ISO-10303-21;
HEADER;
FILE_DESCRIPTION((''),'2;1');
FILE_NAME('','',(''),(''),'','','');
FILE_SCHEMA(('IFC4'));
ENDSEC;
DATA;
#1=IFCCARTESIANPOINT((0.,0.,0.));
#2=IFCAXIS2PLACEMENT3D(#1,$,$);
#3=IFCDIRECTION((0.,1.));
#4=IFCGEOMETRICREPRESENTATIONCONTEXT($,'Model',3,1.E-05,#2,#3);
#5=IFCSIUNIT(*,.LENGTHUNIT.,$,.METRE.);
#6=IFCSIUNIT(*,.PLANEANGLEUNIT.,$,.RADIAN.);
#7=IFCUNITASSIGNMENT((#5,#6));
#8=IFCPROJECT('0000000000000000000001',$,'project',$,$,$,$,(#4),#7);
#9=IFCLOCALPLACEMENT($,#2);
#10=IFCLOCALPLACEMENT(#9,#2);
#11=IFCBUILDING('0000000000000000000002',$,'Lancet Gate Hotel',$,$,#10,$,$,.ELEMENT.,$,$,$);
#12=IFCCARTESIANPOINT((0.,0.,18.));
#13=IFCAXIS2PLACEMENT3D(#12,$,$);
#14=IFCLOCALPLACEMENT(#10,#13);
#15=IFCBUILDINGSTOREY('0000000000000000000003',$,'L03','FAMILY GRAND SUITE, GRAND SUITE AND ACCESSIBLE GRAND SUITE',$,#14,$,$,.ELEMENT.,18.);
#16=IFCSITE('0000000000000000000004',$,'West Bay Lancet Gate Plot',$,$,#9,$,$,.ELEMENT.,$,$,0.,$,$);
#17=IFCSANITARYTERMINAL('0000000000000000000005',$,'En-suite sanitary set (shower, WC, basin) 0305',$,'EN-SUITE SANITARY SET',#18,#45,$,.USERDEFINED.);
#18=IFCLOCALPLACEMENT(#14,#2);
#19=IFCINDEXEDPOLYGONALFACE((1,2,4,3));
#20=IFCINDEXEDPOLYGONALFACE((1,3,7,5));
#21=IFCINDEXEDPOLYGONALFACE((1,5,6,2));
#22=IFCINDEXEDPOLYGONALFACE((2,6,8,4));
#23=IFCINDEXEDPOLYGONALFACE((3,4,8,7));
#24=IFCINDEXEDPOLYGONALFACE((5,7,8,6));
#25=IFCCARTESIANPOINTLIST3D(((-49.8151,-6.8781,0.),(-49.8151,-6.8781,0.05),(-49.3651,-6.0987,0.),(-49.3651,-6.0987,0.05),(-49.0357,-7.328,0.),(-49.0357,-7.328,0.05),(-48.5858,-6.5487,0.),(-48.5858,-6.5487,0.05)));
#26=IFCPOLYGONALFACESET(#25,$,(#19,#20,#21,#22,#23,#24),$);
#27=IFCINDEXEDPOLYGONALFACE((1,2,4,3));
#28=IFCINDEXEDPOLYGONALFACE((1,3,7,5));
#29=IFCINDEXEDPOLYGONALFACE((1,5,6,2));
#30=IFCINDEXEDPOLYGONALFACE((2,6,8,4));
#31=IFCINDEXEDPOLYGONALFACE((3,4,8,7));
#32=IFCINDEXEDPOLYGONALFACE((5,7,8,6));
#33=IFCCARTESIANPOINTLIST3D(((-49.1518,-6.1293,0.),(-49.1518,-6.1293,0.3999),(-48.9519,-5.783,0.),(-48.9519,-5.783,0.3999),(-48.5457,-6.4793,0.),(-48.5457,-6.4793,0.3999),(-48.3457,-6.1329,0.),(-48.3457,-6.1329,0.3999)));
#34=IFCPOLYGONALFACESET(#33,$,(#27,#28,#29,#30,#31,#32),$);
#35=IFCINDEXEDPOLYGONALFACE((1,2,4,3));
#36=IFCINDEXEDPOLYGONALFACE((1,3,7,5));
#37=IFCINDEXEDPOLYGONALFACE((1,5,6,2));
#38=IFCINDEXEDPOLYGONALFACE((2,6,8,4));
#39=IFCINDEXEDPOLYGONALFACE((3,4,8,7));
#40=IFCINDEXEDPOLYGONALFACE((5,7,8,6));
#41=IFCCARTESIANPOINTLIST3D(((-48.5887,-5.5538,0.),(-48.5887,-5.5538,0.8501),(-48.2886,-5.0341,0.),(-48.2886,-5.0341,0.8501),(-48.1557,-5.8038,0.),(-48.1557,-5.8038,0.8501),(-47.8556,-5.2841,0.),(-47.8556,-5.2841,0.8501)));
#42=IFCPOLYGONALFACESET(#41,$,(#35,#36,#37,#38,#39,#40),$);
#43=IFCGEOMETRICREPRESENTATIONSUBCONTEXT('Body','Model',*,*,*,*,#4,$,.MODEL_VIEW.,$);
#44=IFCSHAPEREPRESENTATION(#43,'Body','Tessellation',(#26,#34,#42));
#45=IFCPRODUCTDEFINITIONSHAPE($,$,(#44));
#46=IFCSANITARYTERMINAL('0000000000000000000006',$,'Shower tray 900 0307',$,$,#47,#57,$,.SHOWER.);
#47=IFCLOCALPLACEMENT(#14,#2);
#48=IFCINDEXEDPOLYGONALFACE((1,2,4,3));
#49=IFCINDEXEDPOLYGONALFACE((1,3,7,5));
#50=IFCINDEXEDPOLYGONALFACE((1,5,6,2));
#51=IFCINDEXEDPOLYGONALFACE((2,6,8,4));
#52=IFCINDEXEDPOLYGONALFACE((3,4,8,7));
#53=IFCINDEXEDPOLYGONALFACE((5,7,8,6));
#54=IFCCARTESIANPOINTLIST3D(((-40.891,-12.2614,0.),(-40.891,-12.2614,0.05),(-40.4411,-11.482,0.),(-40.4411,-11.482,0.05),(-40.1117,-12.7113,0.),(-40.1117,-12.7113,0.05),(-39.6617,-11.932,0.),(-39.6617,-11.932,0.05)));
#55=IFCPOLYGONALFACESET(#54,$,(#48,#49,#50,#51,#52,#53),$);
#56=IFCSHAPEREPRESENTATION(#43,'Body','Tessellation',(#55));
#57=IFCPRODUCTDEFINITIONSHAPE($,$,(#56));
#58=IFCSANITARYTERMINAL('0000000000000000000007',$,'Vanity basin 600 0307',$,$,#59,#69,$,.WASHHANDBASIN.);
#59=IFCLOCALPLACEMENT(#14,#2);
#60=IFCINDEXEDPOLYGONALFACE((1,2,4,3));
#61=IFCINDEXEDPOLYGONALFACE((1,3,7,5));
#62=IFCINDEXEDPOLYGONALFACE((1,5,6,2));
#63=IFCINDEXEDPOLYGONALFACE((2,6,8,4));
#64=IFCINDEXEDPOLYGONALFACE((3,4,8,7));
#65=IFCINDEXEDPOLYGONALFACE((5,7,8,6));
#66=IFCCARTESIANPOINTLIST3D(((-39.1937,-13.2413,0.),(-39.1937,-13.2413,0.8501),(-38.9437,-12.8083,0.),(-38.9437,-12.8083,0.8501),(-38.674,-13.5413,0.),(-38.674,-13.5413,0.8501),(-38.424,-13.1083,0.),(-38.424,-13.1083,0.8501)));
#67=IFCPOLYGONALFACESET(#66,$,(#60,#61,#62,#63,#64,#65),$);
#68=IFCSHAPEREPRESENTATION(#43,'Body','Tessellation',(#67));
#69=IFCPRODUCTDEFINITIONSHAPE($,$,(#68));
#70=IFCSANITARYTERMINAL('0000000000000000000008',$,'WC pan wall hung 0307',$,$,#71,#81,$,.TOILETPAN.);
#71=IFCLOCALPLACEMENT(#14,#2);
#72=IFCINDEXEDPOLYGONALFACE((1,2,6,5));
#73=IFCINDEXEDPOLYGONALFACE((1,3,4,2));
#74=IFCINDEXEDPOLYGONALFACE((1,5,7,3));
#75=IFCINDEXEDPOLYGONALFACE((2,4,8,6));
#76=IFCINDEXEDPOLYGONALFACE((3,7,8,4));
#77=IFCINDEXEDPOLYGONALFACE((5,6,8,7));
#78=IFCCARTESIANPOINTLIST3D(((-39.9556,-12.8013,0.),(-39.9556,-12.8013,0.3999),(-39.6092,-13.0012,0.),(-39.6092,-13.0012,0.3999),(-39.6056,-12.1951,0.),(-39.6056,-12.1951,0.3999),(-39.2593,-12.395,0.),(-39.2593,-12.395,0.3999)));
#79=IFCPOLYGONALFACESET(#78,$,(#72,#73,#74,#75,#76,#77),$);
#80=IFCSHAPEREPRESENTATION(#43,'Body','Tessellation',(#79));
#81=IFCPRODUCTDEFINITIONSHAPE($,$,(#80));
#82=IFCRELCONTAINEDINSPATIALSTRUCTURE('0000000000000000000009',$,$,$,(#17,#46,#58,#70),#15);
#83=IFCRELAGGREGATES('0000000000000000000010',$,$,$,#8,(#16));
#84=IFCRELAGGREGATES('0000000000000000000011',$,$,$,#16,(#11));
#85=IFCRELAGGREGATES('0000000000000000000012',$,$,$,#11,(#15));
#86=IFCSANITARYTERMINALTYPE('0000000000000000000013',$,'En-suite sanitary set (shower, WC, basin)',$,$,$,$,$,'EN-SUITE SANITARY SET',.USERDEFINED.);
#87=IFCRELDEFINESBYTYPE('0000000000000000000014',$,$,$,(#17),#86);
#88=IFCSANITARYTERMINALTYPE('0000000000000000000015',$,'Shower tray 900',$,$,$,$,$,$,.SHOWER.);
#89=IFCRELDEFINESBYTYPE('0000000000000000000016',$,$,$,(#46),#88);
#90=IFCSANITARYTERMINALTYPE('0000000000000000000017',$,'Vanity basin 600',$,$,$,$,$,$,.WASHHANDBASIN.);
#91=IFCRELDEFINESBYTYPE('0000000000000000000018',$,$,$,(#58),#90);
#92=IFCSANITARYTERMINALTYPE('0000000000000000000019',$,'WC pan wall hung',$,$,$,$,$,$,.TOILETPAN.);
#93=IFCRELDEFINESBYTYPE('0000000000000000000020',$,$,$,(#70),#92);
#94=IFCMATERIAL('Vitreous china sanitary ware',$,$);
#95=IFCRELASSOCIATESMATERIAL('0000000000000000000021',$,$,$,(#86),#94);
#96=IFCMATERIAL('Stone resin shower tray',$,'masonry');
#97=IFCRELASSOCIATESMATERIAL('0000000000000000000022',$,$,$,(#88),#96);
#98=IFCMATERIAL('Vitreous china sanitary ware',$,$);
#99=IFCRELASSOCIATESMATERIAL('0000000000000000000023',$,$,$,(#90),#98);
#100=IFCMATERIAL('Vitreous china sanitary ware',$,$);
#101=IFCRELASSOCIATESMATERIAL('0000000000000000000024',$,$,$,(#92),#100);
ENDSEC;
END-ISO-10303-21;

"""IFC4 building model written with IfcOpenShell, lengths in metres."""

from ifc_helpers import new_model, si_unit, direction, frame, origin, origin_2d, place, context, subcontext, project, spatial, rectangle, extrude, material, type_object, element, save


model = new_model("IFC4")

# Units and contexts
model_context = context("Model", 3, precision=1e-05, world=origin(), true_north=direction((0.0, 1.0)))
body_context = subcontext(model_context, "Body", "Model", "MODEL_VIEW")
ifc_project = project(units=[si_unit("LENGTHUNIT", "METRE"), si_unit("PLANEANGLEUNIT", "RADIAN")], contexts=[model_context])

# Site, building, storey
site_placement = place(None, origin())
site = spatial("IfcSite", under=ifc_project, at=site_placement, Name="West Bay Lancet Gate Plot", CompositionType="ELEMENT", RefElevation=0.0)
building_placement = place(site_placement, origin())
building = spatial("IfcBuilding", under=site, at=building_placement, Name="Lancet Gate Hotel", CompositionType="ELEMENT")
storey_placement = place(building_placement, frame((0.0, 0.0, 18.0)))
storey = spatial("IfcBuildingStorey", under=building, at=storey_placement, Name="L03", Description="FAMILY GRAND SUITE, GRAND SUITE AND ACCESSIBLE GRAND SUITE", CompositionType="ELEMENT", Elevation=18.0)

# Sanitary terminals
ifc_material_1 = material(Name="Vitreous china sanitary ware")
sanitary_terminal_type_1 = type_object("IfcSanitaryTerminalType", Name="En-suite sanitary set (shower, WC, basin)", ElementType="EN-SUITE SANITARY SET", PredefinedType="USERDEFINED", material=ifc_material_1)
sanitary_terminal_1_placement = place(storey_placement, frame((-49.2004, -6.7134, 0.0), z_axis=(0.0, 0.0, 1.0), x_axis=(1.0, 0.0, 0.0)))
element("IfcSanitaryTerminal", 1, at=sanitary_terminal_1_placement, inside=storey, type_object=sanitary_terminal_type_1, Name="En-suite sanitary set (shower, WC, basin) 0305", ObjectType="EN-SUITE SANITARY SET", PredefinedType="USERDEFINED", context=body_context, shape_type="SweptSolid", body=[
    extrude(rectangle(XDim=0.8999, YDim=0.8999, at=origin_2d()), frame((0.0, 0.0, 0.0), z_axis=(0.0, 0.0, 1.0), x_axis=(-0.5, -0.866025, 0.0)), (0.0, 0.0, 1.0), 0.05),
    extrude(rectangle(XDim=0.3999, YDim=0.7, at=origin_2d()), frame((0.4517, 0.5823, 0.0), z_axis=(0.0, 0.0, 1.0), x_axis=(-0.5, -0.866025, 0.0)), (0.0, 0.0, 1.0), 0.3999),
    extrude(rectangle(XDim=0.6001, YDim=0.5, at=origin_2d()), frame((0.9783, 1.2944, 0.0), z_axis=(0.0, 0.0, 1.0), x_axis=(-0.5, -0.866025, 0.0)), (0.0, 0.0, 1.0), 0.8501),
])
ifc_material_2 = material(Name="Stone resin shower tray", Category="masonry")
sanitary_terminal_type_2 = type_object("IfcSanitaryTerminalType", Name="Shower tray 900", PredefinedType="SHOWER", material=ifc_material_2)
sanitary_terminal_2_placement = place(storey_placement, frame((-40.2764, -12.0967, 0.0), z_axis=(0.0, 0.0, 1.0), x_axis=(-0.866025, 0.5, 0.0)))
element("IfcSanitaryTerminal", 2, at=sanitary_terminal_2_placement, inside=storey, type_object=sanitary_terminal_type_2, Name="Shower tray 900 0307", PredefinedType="SHOWER", context=body_context, shape_type="SweptSolid", body=[
    extrude(rectangle(XDim=0.8999, YDim=0.8999, at=origin_2d()), origin(), (0.0, 0.0, 1.0), 0.05),
])
ifc_material_3 = material(Name="Vitreous china sanitary ware")
sanitary_terminal_type_3 = type_object("IfcSanitaryTerminalType", Name="Vanity basin 600", PredefinedType="WASHHANDBASIN", material=ifc_material_3)
sanitary_terminal_3_placement = place(storey_placement, frame((-38.8088, -13.1748, 0.0), z_axis=(0.0, 0.0, 1.0), x_axis=(-0.866025, 0.5, 0.0)))
element("IfcSanitaryTerminal", 3, at=sanitary_terminal_3_placement, inside=storey, type_object=sanitary_terminal_type_3, Name="Vanity basin 600 0307", PredefinedType="WASHHANDBASIN", context=body_context, shape_type="SweptSolid", body=[
    extrude(rectangle(XDim=0.6001, YDim=0.5, at=origin_2d()), origin(), (0.0, 0.0, 1.0), 0.8501),
])
ifc_material_4 = material(Name="Vitreous china sanitary ware")
sanitary_terminal_type_4 = type_object("IfcSanitaryTerminalType", Name="WC pan wall hung", PredefinedType="TOILETPAN", material=ifc_material_4)
sanitary_terminal_4_placement = place(storey_placement, frame((-39.6074, -12.5981, 0.0), z_axis=(0.0, 0.0, 1.0), x_axis=(-0.866025, 0.5, 0.0)))
element("IfcSanitaryTerminal", 4, at=sanitary_terminal_4_placement, inside=storey, type_object=sanitary_terminal_type_4, Name="WC pan wall hung 0307", PredefinedType="TOILETPAN", context=body_context, shape_type="SweptSolid", body=[
    extrude(rectangle(XDim=0.3999, YDim=0.7, at=origin_2d()), origin(), (0.0, 0.0, 1.0), 0.3999),
])

save(model, "model.ifc")
